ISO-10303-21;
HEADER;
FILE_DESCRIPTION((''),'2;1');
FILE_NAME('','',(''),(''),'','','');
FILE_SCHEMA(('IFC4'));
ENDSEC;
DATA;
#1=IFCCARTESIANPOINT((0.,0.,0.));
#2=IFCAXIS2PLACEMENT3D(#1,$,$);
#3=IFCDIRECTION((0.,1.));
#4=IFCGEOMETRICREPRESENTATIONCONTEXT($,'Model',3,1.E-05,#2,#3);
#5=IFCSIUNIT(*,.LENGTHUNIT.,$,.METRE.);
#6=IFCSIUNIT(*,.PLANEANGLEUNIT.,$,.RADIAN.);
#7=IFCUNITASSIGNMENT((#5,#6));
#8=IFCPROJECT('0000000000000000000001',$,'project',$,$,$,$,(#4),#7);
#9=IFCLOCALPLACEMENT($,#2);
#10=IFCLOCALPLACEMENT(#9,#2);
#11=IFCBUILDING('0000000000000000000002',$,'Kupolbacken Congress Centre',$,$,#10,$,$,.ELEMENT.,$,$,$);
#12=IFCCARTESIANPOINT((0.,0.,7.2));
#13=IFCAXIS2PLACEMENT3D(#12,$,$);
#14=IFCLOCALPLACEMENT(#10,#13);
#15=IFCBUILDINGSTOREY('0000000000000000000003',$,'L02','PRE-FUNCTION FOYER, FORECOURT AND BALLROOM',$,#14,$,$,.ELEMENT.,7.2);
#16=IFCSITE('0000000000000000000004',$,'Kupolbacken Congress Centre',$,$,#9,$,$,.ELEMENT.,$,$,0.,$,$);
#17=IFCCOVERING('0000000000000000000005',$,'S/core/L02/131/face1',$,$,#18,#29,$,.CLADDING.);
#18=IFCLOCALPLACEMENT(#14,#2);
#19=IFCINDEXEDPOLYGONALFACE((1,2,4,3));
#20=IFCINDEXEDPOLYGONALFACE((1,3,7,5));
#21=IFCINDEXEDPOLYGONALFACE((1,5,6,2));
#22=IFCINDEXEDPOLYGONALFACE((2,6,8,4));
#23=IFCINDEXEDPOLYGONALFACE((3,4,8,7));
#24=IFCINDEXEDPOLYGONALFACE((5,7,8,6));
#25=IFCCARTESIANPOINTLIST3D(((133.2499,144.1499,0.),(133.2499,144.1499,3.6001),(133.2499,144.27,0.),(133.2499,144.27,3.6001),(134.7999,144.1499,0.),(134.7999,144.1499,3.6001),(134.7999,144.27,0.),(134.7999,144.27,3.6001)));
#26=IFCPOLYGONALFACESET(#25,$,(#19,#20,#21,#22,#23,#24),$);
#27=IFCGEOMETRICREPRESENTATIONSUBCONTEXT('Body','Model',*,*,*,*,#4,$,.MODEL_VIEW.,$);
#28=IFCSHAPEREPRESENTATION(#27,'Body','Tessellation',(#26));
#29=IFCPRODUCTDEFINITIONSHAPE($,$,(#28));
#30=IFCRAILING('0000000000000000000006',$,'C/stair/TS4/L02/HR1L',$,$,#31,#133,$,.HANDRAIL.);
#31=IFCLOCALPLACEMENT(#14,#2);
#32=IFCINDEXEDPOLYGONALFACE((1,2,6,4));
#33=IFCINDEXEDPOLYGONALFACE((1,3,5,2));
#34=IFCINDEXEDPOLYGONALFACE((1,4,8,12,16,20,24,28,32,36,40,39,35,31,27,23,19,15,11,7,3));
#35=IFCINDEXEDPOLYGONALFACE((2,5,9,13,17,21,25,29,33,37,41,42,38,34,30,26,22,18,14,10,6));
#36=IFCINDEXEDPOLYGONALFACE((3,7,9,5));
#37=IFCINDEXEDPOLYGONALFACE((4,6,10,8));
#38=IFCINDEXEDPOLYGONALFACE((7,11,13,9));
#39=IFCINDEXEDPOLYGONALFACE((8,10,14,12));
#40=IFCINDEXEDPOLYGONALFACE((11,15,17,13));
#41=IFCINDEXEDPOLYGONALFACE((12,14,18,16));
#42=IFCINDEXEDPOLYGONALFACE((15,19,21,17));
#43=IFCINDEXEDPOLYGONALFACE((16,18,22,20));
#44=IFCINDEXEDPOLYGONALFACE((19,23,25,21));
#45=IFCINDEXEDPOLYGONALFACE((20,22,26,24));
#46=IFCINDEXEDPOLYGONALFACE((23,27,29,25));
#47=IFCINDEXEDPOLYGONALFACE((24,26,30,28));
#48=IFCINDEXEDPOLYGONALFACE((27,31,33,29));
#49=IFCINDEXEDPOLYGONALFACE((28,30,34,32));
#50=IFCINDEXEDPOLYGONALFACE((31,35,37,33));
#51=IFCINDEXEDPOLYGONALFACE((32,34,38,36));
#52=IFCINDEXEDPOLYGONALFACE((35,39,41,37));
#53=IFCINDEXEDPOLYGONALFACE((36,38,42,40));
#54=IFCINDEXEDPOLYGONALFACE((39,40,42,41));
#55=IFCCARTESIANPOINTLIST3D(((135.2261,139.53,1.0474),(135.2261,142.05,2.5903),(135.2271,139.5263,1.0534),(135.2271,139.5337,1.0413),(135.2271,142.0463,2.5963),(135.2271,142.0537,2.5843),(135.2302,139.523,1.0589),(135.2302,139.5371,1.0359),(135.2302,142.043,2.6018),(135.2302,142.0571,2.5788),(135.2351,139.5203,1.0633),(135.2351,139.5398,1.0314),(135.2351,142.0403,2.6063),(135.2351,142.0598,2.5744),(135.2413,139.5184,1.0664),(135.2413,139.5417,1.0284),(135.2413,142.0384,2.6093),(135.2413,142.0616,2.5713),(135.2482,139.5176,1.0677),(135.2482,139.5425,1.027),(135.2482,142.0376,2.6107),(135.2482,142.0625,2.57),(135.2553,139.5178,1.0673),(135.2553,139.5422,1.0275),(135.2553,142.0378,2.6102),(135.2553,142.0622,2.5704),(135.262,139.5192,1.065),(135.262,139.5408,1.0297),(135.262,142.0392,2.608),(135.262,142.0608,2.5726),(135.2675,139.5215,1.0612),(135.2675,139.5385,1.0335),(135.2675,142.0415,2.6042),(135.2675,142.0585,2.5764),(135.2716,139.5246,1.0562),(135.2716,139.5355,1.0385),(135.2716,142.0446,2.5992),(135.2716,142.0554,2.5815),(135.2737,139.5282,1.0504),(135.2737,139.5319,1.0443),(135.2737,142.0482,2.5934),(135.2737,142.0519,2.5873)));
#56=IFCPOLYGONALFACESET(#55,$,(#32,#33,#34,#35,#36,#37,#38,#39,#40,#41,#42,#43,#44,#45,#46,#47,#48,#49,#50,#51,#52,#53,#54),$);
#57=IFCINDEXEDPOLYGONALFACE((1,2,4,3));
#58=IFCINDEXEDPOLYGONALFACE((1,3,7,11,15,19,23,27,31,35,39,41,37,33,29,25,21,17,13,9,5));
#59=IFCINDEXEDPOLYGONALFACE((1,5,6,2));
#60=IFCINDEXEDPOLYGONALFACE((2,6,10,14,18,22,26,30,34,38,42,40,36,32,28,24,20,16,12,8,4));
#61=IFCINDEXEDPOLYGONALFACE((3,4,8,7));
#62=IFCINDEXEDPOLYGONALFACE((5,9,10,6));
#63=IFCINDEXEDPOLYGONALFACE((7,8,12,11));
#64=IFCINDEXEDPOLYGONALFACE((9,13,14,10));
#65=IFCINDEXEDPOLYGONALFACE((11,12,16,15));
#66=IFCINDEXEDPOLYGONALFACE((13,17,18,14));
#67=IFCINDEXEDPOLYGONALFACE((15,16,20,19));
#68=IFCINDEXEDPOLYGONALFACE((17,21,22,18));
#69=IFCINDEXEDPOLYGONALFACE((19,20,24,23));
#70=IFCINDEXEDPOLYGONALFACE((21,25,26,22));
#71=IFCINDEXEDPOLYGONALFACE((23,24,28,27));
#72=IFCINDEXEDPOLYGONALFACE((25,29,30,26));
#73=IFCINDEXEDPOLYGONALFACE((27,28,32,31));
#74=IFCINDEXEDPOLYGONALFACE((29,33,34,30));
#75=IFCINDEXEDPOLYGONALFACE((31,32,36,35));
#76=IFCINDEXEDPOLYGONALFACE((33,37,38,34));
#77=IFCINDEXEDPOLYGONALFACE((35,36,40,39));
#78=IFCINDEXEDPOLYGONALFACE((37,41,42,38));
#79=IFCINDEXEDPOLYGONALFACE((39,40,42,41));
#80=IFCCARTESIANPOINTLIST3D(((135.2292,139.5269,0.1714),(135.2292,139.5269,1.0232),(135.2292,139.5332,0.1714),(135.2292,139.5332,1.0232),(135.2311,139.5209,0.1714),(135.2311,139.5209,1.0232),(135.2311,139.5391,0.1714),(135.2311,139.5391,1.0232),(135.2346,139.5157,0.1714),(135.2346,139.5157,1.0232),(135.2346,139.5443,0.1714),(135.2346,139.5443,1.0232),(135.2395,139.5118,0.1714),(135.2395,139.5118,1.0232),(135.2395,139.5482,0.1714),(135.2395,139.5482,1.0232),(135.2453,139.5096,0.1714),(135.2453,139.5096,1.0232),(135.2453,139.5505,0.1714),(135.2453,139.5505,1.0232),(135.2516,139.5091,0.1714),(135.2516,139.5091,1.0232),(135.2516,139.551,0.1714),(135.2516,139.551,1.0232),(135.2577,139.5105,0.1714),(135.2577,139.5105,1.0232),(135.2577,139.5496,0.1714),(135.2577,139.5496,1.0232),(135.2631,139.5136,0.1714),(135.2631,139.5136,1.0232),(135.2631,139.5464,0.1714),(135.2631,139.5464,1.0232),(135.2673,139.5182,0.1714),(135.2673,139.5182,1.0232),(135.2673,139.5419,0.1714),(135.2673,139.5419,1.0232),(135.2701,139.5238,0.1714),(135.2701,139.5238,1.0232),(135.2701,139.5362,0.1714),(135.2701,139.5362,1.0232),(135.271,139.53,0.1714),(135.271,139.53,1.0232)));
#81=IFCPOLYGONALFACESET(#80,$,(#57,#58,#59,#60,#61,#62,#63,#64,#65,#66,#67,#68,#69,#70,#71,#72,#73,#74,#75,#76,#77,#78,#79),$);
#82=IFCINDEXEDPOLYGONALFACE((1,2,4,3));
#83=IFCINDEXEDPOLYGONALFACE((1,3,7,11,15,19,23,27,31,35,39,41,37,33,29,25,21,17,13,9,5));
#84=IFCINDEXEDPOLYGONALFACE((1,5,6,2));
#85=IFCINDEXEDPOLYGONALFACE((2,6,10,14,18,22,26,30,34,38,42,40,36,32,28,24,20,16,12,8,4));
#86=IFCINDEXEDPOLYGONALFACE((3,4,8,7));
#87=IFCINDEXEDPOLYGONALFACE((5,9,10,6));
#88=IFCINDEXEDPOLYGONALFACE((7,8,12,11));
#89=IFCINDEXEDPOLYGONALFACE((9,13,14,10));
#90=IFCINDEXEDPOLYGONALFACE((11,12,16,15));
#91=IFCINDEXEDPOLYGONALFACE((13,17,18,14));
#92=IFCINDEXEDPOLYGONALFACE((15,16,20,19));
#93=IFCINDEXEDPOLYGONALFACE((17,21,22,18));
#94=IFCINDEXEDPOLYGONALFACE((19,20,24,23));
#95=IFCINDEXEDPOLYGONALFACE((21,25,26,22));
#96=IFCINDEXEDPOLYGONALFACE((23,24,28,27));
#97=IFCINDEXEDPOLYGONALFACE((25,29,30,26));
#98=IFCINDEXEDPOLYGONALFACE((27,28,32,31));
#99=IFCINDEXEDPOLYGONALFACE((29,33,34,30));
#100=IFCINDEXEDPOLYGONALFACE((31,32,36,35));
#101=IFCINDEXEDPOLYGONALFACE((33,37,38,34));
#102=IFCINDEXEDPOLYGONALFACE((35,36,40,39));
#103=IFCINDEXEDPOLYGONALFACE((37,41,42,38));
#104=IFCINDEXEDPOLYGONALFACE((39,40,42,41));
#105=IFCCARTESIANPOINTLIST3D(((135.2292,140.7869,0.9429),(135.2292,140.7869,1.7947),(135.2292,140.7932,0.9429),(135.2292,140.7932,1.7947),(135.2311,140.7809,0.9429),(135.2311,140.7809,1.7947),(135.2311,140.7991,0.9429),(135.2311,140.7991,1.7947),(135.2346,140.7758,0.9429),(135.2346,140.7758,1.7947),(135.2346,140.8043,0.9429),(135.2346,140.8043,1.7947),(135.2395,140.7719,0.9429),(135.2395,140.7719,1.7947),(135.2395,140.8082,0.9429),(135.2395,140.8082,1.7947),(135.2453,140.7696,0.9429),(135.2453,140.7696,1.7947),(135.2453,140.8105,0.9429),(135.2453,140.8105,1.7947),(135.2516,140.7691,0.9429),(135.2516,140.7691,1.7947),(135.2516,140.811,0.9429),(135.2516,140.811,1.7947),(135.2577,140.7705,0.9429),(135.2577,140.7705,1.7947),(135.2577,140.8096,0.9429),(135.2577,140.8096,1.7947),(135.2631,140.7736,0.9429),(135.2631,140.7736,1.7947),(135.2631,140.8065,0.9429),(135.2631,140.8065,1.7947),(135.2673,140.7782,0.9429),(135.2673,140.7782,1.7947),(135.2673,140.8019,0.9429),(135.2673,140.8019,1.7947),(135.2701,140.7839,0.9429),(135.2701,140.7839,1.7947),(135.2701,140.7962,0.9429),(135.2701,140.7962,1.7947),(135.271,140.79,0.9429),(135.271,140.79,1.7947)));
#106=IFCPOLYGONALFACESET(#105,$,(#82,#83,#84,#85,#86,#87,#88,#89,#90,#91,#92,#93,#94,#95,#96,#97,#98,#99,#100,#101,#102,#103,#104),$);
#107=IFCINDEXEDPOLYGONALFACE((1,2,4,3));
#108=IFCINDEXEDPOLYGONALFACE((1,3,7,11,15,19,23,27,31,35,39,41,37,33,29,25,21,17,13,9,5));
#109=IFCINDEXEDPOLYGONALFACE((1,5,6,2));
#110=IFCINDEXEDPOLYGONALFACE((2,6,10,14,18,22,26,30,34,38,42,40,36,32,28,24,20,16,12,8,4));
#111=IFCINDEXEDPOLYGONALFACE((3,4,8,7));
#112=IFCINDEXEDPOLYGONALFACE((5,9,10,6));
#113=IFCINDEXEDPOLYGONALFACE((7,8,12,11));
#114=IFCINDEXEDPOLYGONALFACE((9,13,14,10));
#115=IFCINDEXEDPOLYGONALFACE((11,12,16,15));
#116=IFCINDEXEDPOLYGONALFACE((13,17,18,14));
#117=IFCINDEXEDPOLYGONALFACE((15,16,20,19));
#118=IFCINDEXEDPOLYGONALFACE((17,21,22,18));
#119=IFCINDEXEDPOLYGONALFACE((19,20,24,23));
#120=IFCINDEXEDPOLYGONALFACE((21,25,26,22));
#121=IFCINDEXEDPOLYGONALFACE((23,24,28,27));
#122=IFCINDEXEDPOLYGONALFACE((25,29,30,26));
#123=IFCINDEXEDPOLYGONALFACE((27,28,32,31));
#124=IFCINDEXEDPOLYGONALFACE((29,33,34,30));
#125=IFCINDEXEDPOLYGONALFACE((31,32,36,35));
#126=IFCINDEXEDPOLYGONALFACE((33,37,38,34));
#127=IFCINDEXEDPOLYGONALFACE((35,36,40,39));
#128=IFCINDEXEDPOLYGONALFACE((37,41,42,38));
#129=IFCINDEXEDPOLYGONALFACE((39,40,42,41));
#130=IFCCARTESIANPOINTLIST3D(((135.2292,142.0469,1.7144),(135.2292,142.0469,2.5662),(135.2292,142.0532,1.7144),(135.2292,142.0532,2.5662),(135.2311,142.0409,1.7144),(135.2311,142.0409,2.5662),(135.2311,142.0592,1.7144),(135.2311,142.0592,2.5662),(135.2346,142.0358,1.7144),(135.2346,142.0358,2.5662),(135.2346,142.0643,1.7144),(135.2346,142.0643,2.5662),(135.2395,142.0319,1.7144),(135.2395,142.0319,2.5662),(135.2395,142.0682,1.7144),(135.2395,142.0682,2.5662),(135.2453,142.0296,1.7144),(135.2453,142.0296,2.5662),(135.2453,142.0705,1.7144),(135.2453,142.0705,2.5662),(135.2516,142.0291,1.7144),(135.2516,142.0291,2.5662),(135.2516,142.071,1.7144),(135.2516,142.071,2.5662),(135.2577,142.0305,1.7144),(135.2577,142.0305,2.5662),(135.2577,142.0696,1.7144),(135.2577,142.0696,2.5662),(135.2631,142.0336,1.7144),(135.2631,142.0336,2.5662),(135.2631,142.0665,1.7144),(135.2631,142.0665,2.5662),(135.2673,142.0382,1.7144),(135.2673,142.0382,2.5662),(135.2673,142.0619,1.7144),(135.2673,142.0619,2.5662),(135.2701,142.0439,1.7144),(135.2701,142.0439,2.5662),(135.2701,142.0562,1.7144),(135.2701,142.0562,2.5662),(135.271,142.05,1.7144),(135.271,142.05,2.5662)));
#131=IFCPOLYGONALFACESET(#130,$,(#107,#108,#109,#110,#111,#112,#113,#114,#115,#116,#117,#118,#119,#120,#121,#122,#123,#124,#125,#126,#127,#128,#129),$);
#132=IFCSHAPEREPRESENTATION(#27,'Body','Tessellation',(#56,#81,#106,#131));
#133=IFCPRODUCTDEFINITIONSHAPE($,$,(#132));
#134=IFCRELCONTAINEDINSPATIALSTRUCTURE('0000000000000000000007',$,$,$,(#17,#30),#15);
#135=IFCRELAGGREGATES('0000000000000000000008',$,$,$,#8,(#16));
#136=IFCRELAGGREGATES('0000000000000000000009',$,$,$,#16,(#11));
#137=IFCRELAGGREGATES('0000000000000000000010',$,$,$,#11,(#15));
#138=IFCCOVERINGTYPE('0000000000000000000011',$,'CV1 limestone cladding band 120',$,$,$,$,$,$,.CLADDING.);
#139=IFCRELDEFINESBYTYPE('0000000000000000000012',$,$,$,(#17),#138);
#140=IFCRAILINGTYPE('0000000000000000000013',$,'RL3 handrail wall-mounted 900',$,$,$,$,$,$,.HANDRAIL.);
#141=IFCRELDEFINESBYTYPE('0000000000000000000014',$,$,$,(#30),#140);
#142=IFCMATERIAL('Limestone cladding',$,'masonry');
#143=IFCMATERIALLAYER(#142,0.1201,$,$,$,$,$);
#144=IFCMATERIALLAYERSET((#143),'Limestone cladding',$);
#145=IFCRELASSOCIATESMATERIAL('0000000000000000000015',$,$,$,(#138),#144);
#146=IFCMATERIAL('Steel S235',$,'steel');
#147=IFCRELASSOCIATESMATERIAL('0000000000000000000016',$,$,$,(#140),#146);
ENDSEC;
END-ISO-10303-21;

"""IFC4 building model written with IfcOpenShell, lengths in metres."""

from ifc_helpers import new_model, si_unit, direction, frame, origin, origin_2d, place, context, subcontext, project, spatial, rectangle, circle, extrude, material, layer, layer_set, type_object, element, save


model = new_model("IFC4")

# Units and contexts
model_context = context("Model", 3, precision=1e-05, world=origin(), true_north=direction((0.0, 1.0)))
body_context = subcontext(model_context, "Body", "Model", "MODEL_VIEW")
ifc_project = project(units=[si_unit("LENGTHUNIT", "METRE"), si_unit("PLANEANGLEUNIT", "RADIAN")], contexts=[model_context])

# Site, building, storey
site_placement = place(None, origin())
site = spatial("IfcSite", under=ifc_project, at=site_placement, Name="Kupolbacken Congress Centre", CompositionType="ELEMENT", RefElevation=0.0)
building_placement = place(site_placement, origin())
building = spatial("IfcBuilding", under=site, at=building_placement, Name="Kupolbacken Congress Centre", CompositionType="ELEMENT")
storey_placement = place(building_placement, frame((0.0, 0.0, 7.2)))
storey = spatial("IfcBuildingStorey", under=building, at=storey_placement, Name="L02", Description="PRE-FUNCTION FOYER, FORECOURT AND BALLROOM", CompositionType="ELEMENT", Elevation=7.2)

# Covering
ifc_material_1 = material(Name="Limestone cladding", Category="masonry")
ifc_layer_1 = layer(ifc_material_1, 0.1201)
ifc_layer_set_1 = layer_set([ifc_layer_1], Name="Limestone cladding")
covering_type = type_object("IfcCoveringType", Name="CV1 limestone cladding band 120", PredefinedType="CLADDING", material=ifc_layer_set_1)
covering_1_placement = place(storey_placement, frame((134.0249, 144.21, 0.0), z_axis=(0.0, 0.0, 1.0), x_axis=(-1.0, 0.0, 0.0)))
element("IfcCovering", 1, at=covering_1_placement, inside=storey, type_object=covering_type, Name="S/core/L02/131/face1", PredefinedType="CLADDING", context=body_context, shape_type="SweptSolid", body=[
    extrude(rectangle(XDim=1.55, YDim=0.1201, at=origin_2d()), origin(), (0.0, 0.0, 1.0), 3.6001),
])

# Railing
ifc_material_2 = material(Name="Steel S235", Category="steel")
railing_type = type_object("IfcRailingType", Name="RL3 handrail wall-mounted 900", PredefinedType="HANDRAIL", material=ifc_material_2)
for number, where, name in (
    (2, (135.25, 139.53, 0.1714), "C/stair/TS4/L02/HR1L"),
):
    element("IfcRailing", number, at=place(storey_placement, frame(where)), inside=storey, type_object=railing_type, Name=name, PredefinedType="HANDRAIL", context=body_context, shape_type="SweptSolid", body=[
        extrude(circle(Radius=0.0239, at=origin_2d()), frame((0.0, 0.0, 0.876), z_axis=(0.0, 0.852836, 0.522178), x_axis=(-1.0, 0.0, 0.0)), (0.0, 0.0, 1.0), 2.9548),
        extrude(circle(Radius=0.021, at=origin_2d()), origin(), (0.0, 0.0, 1.0), 0.8518),
        extrude(circle(Radius=0.021, at=origin_2d()), frame((0.0, 1.26, 0.7715)), (0.0, 0.0, 1.0), 0.8518),
        extrude(circle(Radius=0.021, at=origin_2d()), frame((0.0, 2.52, 1.543)), (0.0, 0.0, 1.0), 0.8518),
    ])

save(model, "model.ifc")
